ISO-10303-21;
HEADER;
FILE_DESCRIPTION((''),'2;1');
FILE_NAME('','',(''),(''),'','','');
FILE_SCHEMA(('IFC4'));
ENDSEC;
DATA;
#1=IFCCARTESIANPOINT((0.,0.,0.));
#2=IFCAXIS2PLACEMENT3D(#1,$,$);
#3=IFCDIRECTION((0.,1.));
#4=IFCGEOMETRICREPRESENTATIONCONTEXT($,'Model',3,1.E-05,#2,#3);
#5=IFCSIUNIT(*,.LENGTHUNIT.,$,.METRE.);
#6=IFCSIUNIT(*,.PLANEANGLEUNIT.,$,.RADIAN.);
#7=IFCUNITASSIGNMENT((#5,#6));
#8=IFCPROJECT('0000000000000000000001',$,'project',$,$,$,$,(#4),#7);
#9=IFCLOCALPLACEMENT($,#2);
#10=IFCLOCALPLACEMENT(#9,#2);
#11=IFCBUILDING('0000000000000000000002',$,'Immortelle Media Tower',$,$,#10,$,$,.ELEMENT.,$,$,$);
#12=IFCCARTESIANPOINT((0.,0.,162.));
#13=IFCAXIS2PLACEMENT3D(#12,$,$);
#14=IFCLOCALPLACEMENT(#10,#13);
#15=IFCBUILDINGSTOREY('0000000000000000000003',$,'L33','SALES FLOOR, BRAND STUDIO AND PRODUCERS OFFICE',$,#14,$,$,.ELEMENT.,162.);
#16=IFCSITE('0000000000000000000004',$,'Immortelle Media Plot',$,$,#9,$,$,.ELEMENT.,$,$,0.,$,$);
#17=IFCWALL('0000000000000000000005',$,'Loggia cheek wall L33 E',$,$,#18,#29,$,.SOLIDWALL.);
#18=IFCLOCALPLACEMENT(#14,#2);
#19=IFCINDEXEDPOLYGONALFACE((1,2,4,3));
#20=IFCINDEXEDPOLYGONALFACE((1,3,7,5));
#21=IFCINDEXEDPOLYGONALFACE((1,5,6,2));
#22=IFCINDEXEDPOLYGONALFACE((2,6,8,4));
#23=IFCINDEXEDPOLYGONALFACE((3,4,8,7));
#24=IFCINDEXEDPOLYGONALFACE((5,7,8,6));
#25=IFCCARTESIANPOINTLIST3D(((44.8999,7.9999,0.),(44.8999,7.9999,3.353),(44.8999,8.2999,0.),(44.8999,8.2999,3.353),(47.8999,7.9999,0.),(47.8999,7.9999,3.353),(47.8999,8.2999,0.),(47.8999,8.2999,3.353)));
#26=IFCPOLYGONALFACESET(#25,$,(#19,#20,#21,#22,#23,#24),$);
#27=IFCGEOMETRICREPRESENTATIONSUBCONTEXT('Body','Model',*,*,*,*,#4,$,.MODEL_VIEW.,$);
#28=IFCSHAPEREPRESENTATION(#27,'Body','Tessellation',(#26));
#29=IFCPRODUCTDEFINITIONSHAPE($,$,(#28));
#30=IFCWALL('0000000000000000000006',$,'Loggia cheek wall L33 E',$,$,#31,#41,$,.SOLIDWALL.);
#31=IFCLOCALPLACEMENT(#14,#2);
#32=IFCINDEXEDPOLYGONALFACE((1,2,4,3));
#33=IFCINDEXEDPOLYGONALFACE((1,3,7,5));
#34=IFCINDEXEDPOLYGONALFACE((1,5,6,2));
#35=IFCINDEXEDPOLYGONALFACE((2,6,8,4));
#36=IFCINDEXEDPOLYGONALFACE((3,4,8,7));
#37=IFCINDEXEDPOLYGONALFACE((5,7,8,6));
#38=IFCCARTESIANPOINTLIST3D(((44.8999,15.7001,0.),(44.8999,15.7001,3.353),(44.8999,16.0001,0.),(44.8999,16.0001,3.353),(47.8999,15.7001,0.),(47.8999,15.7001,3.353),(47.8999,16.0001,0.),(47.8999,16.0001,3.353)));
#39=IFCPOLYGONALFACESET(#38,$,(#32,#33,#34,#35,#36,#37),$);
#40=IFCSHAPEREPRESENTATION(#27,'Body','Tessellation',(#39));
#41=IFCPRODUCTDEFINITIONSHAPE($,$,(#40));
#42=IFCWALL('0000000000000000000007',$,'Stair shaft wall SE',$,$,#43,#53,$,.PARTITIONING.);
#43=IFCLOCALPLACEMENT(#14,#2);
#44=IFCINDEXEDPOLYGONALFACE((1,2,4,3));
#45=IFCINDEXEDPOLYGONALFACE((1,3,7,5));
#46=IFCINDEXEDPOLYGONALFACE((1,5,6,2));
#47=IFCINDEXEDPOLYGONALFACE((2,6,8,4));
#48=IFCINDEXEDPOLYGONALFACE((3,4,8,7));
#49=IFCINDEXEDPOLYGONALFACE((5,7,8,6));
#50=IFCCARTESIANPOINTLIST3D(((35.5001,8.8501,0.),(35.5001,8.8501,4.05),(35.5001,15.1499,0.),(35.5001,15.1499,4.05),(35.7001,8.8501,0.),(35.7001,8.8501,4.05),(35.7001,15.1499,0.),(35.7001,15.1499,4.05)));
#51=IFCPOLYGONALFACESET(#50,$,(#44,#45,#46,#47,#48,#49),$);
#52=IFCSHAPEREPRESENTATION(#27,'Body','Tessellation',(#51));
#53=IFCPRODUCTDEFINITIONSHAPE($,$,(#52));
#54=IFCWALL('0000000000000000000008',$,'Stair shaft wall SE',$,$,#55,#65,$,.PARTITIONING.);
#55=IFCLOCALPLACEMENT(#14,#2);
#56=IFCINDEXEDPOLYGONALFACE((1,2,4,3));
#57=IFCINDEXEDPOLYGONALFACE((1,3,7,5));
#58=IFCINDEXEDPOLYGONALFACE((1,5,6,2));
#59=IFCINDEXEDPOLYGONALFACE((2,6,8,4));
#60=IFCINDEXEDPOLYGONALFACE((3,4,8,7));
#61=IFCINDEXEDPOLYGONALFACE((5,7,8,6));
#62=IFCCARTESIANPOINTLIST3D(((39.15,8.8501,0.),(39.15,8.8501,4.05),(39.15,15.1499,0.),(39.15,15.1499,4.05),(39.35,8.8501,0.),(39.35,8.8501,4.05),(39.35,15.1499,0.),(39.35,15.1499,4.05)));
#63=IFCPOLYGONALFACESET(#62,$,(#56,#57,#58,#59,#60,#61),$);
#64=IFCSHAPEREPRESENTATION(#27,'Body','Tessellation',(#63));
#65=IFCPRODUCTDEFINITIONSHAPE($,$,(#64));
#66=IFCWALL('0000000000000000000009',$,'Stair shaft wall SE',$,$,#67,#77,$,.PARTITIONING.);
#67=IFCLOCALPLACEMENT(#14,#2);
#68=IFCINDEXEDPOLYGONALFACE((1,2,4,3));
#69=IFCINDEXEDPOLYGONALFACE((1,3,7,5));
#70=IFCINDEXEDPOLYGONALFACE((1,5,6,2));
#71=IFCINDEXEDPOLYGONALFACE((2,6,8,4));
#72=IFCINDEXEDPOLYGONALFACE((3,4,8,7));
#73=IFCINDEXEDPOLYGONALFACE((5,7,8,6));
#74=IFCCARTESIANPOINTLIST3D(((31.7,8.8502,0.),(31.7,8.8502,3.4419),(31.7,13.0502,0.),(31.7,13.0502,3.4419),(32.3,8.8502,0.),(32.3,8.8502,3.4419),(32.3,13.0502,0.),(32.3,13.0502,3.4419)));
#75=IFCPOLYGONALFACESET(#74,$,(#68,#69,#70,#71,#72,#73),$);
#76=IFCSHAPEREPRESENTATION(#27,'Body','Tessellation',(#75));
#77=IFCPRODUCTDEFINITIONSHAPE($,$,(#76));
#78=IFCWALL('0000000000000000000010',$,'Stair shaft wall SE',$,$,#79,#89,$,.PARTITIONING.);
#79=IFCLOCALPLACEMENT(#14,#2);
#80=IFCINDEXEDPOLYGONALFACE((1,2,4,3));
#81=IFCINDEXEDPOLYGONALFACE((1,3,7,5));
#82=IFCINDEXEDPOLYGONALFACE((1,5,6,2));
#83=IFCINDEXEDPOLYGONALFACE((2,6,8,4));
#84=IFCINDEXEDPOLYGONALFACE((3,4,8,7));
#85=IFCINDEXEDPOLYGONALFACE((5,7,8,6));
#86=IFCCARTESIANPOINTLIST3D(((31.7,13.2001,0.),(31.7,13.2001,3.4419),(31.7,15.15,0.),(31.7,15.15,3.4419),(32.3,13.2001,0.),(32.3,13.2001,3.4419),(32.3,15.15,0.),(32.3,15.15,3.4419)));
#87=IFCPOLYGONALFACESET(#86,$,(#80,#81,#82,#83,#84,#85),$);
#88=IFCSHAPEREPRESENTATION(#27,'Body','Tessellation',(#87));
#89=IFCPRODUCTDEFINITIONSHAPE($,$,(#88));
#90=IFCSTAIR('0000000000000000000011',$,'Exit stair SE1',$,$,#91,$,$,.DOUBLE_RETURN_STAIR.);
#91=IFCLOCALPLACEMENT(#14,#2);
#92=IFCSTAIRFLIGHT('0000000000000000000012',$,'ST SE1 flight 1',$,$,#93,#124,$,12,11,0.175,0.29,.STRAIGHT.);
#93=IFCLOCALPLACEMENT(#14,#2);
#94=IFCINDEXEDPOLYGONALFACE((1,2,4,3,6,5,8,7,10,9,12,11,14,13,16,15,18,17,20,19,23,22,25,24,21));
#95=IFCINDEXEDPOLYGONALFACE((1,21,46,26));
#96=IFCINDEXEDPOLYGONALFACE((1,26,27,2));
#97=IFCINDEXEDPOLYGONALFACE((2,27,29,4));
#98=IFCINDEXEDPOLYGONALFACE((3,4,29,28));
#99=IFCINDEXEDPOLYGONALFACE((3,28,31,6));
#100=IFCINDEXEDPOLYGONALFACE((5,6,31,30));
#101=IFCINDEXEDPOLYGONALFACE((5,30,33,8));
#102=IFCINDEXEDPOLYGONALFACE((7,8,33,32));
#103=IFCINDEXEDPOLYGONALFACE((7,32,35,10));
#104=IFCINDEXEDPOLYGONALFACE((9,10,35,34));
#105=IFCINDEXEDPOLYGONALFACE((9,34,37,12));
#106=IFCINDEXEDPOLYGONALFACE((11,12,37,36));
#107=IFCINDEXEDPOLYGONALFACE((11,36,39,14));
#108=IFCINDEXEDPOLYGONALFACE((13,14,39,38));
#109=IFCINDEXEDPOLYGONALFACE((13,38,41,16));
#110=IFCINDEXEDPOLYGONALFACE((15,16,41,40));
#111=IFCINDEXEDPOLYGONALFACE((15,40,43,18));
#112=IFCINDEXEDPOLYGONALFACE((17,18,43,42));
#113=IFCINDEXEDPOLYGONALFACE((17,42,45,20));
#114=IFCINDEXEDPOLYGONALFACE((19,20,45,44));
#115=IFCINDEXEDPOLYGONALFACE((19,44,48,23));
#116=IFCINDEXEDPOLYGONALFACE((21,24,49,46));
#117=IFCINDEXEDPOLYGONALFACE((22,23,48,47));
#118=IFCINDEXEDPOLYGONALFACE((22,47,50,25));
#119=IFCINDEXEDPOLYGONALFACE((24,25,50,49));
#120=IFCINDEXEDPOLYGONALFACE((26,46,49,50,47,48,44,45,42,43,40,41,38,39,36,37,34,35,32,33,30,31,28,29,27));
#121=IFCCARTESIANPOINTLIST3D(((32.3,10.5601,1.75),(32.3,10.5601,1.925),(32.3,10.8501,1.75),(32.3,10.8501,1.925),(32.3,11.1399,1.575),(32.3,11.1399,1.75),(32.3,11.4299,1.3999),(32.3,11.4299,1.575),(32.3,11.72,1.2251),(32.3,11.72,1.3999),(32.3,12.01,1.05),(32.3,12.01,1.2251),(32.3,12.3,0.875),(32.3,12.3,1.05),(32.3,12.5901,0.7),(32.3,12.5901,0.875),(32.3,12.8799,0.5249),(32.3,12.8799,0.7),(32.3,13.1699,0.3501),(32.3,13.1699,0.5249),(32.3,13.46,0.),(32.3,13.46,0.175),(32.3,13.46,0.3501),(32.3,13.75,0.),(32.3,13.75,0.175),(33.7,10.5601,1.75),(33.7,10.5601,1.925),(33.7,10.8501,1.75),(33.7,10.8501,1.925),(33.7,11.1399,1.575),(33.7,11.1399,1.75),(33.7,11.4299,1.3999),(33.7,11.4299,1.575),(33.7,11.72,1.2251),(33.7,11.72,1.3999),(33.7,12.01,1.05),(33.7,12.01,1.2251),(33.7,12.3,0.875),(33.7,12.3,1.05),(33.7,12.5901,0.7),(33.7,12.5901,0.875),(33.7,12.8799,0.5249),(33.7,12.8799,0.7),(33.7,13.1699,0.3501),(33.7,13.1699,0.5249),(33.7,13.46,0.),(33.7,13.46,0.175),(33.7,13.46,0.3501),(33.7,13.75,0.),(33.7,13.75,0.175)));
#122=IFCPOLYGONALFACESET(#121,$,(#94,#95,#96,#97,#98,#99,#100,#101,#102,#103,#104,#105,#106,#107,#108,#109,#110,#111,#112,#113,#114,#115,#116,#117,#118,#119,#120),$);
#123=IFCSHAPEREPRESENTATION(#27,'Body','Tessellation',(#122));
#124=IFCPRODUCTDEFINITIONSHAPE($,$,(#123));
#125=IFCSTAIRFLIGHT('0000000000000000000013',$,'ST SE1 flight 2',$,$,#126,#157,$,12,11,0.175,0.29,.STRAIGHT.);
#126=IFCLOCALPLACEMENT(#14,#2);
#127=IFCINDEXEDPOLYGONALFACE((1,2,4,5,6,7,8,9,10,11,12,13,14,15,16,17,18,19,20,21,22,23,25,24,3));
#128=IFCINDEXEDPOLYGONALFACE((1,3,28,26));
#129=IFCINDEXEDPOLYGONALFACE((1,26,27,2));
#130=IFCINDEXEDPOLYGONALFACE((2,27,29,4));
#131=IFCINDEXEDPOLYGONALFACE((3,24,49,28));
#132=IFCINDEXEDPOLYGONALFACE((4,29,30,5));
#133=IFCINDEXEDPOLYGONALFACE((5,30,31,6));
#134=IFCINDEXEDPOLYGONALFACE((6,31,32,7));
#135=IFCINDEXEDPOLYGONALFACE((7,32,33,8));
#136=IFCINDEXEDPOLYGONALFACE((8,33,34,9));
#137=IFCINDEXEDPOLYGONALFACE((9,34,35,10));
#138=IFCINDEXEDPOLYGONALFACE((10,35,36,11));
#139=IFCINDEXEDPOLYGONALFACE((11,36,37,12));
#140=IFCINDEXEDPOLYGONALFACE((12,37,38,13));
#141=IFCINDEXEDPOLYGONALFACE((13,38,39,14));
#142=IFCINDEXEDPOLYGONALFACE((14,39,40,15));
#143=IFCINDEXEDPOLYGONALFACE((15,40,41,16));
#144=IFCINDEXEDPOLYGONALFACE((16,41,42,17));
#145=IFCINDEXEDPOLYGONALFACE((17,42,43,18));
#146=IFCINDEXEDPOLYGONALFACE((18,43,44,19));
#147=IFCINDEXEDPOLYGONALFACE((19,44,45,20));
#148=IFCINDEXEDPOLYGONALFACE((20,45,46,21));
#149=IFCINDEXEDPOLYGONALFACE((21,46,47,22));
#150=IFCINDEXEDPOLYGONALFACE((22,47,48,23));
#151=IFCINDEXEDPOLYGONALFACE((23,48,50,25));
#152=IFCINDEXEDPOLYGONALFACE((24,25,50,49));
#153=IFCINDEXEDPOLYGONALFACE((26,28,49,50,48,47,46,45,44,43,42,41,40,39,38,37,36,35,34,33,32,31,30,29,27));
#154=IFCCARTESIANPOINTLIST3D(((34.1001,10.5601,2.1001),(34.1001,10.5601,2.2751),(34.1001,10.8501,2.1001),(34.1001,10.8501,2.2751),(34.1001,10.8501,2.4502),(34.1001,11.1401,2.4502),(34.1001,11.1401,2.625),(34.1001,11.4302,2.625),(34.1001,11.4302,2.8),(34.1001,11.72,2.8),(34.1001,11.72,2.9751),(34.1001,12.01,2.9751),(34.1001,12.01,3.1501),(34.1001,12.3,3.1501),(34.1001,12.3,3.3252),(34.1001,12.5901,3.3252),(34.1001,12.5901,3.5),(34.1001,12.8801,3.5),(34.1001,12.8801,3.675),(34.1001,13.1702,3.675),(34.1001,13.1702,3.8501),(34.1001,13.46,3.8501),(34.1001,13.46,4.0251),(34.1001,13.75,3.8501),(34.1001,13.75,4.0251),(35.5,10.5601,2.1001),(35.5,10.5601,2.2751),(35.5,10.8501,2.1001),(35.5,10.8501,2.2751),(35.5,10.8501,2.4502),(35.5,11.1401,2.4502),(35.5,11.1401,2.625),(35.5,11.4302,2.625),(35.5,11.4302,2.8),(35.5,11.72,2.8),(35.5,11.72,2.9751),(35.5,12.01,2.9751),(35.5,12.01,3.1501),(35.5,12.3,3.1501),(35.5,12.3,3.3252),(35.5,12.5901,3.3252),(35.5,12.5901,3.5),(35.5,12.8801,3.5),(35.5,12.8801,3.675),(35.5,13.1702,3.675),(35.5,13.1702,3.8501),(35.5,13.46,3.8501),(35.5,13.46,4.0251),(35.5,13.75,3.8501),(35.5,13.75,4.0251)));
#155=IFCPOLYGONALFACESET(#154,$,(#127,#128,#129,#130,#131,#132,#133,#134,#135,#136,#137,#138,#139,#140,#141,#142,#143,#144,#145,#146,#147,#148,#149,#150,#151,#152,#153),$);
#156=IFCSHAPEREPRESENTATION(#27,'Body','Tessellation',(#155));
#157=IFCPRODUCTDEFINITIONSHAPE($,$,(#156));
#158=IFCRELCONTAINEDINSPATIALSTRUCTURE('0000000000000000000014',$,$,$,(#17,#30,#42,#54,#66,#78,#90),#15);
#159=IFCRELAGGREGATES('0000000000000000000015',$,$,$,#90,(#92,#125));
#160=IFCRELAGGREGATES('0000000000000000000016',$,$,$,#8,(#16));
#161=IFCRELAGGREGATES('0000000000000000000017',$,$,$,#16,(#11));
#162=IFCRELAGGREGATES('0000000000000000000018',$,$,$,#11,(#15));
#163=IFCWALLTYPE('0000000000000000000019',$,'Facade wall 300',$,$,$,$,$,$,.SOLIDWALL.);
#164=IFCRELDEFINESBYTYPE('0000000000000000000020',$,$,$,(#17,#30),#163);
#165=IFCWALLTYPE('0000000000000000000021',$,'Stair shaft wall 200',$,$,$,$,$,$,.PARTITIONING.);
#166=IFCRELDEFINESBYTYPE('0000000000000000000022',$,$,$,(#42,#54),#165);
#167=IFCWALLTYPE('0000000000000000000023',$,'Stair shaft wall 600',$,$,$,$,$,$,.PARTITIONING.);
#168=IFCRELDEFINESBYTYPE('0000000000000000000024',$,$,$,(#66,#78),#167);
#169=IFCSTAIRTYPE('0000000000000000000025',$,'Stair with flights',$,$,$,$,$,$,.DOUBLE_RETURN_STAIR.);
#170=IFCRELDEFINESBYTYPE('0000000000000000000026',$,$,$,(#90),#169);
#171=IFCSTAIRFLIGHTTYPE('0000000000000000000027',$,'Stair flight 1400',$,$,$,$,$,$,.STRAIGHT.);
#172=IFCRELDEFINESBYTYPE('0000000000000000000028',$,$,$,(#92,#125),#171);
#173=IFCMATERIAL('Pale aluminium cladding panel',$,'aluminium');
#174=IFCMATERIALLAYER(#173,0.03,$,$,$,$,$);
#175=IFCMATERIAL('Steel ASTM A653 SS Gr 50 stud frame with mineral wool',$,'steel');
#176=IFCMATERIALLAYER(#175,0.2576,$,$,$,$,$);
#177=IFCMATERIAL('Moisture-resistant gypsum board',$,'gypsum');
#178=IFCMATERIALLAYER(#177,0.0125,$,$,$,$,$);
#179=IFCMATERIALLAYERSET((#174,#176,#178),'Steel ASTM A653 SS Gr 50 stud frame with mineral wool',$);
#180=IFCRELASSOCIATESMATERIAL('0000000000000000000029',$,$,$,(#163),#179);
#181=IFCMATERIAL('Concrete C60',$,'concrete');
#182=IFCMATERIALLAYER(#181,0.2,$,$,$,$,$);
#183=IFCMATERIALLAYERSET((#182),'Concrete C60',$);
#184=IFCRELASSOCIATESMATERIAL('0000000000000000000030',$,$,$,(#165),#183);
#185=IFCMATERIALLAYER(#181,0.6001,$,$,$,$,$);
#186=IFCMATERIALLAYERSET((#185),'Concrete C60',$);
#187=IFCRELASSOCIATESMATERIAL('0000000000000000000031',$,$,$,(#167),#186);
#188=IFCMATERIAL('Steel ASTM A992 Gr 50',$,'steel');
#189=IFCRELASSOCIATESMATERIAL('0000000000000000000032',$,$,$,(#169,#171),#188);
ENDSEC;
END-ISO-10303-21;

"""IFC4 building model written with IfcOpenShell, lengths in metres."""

from ifc_helpers import new_model, si_unit, direction, frame, frame_2d, origin, place, context, subcontext, project, spatial, polyline, rectangle, outline, extrude, material, layer, layer_set, type_object, element, aggregate, save


model = new_model("IFC4")

# Units and contexts
model_context = context("Model", 3, precision=1e-05, world=origin(), true_north=direction((0.0, 1.0)))
body_context = subcontext(model_context, "Body", "Model", "MODEL_VIEW")
ifc_project = project(units=[si_unit("LENGTHUNIT", "METRE"), si_unit("PLANEANGLEUNIT", "RADIAN")], contexts=[model_context])

# Site, building, storey
site_placement = place(None, origin())
site = spatial("IfcSite", under=ifc_project, at=site_placement, Name="Immortelle Media Plot", CompositionType="ELEMENT", RefElevation=0.0)
building_placement = place(site_placement, origin())
building = spatial("IfcBuilding", under=site, at=building_placement, Name="Immortelle Media Tower", CompositionType="ELEMENT")
storey_placement = place(building_placement, frame((0.0, 0.0, 162.0)))
storey = spatial("IfcBuildingStorey", under=building, at=storey_placement, Name="L33", Description="SALES FLOOR, BRAND STUDIO AND PRODUCERS OFFICE", CompositionType="ELEMENT", Elevation=162.0)

# Shared definitions
ifc_material_1 = material(Name="Steel ASTM A992 Gr 50", Category="steel")

# Shared definitions
ifc_material_2 = material(Name="Pale aluminium cladding panel", Category="aluminium")
ifc_layer_1 = layer(ifc_material_2, 0.03)
ifc_material_3 = material(Name="Steel ASTM A653 SS Gr 50 stud frame with mineral wool", Category="steel")
ifc_layer_2 = layer(ifc_material_3, 0.2576)
ifc_material_4 = material(Name="Moisture-resistant gypsum board", Category="gypsum")
ifc_layer_3 = layer(ifc_material_4, 0.0125)
ifc_layer_set_1 = layer_set([ifc_layer_1, ifc_layer_2, ifc_layer_3], Name="Steel ASTM A653 SS Gr 50 stud frame with mineral wool")
wall_type_1 = type_object("IfcWallType", Name="Facade wall 300", PredefinedType="SOLIDWALL", material=ifc_layer_set_1)

# Walls
for number, where, z_axis, x_axis, name in (
    (1, (47.8999, 8.1499, 0.0), (0.0, 0.0, 1.0), (-1.0, 0.0, 0.0), "Loggia cheek wall L33 E"),
    (2, (47.8999, 15.8501, 0.0), (0.0, 0.0, 1.0), (-1.0, 0.0, 0.0), "Loggia cheek wall L33 E"),
):
    element("IfcWall", number, at=place(storey_placement, frame(where, z_axis=z_axis, x_axis=x_axis)), inside=storey, type_object=wall_type_1, Name=name, PredefinedType="SOLIDWALL", context=body_context, shape_type="SweptSolid", body=[
        extrude(rectangle(XDim=3.0, YDim=0.3, at=frame_2d((1.5, 0.0))), origin(), (0.0, 0.0, 1.0), 3.353),
    ])
ifc_material_5 = material(Name="Concrete C60", Category="concrete")
ifc_layer_4 = layer(ifc_material_5, 0.2)
ifc_layer_set_2 = layer_set([ifc_layer_4], Name="Concrete C60")
wall_type_2 = type_object("IfcWallType", Name="Stair shaft wall 200", PredefinedType="PARTITIONING", material=ifc_layer_set_2)
for number, where, z_axis, x_axis, name in (
    (3, (35.6001, 8.8501, 0.0), (0.0, 0.0, 1.0), (0.0, 1.0, 0.0), "Stair shaft wall SE"),
    (4, (39.25, 8.8501, 0.0), (0.0, 0.0, 1.0), (0.0, 1.0, 0.0), "Stair shaft wall SE"),
):
    element("IfcWall", number, at=place(storey_placement, frame(where, z_axis=z_axis, x_axis=x_axis)), inside=storey, type_object=wall_type_2, Name=name, PredefinedType="PARTITIONING", context=body_context, shape_type="SweptSolid", body=[
        extrude(rectangle(XDim=6.2998, YDim=0.2, at=frame_2d((3.1499, 0.0))), origin(), (0.0, 0.0, 1.0), 4.05),
    ])
ifc_layer_5 = layer(ifc_material_5, 0.6001)
ifc_layer_set_3 = layer_set([ifc_layer_5], Name="Concrete C60")
wall_type_3 = type_object("IfcWallType", Name="Stair shaft wall 600", PredefinedType="PARTITIONING", material=ifc_layer_set_3)
wall_1_placement = place(storey_placement, frame((32.0, 8.8501, 0.0), z_axis=(0.0, 0.0, 1.0), x_axis=(0.0, 1.0, 0.0)))
element("IfcWall", 5, at=wall_1_placement, inside=storey, type_object=wall_type_3, Name="Stair shaft wall SE", PredefinedType="PARTITIONING", context=body_context, shape_type="SweptSolid", body=[
    extrude(rectangle(XDim=4.2, YDim=0.6001, at=frame_2d((2.1001, 0.0))), origin(), (0.0, 0.0, 1.0), 3.4419),
])
wall_2_placement = place(storey_placement, frame((32.0, 13.2, 0.0), z_axis=(0.0, 0.0, 1.0), x_axis=(0.0, 1.0, 0.0)))
element("IfcWall", 6, at=wall_2_placement, inside=storey, type_object=wall_type_3, Name="Stair shaft wall SE", PredefinedType="PARTITIONING", context=body_context, shape_type="SweptSolid", body=[
    extrude(rectangle(XDim=1.95, YDim=0.6001, at=frame_2d((0.9751, 0.0))), origin(), (0.0, 0.0, 1.0), 3.4419),
])

# Stair, stair flights
stair_type = type_object("IfcStairType", Name="Stair with flights", PredefinedType="DOUBLE_RETURN_STAIR", material=ifc_material_1)
stair_1_placement = place(storey_placement, origin())
stair_1 = element("IfcStair", 7, at=stair_1_placement, inside=storey, type_object=stair_type, Name="Exit stair SE1", PredefinedType="DOUBLE_RETURN_STAIR")
stair_flight_type = type_object("IfcStairFlightType", Name="Stair flight 1400", PredefinedType="STRAIGHT", material=ifc_material_1)
stair_flight_1_placement = place(storey_placement, frame((33.0, 13.75, 0.0), z_axis=(0.0, 0.0, 1.0), x_axis=(0.0, -1.0, 0.0)))
stair_flight_1 = element("IfcStairFlight", 8, at=stair_flight_1_placement, type_object=stair_flight_type, Name="ST SE1 flight 1", NumberOfRisers=12, NumberOfTreads=11, PredefinedType="STRAIGHT", RiserHeight=0.175, TreadLength=0.29, context=body_context, shape_type="SweptSolid", body=[
    extrude(outline(polyline([(0.0, 0.0), (0.0, 0.175), (0.29, 0.175), (0.29, 0.3501), (0.5801, 0.3501), (0.5801, 0.5249), (0.8701, 0.5249), (0.8701, 0.7), (1.1599, 0.7), (1.1599, 0.875), (1.45, 0.875), (1.45, 1.05), (1.74, 1.05), (1.74, 1.2251), (2.03, 1.2251), (2.03, 1.3999), (2.3201, 1.3999), (2.3201, 1.575), (2.6101, 1.575), (2.6101, 1.75), (2.8999, 1.75), (2.8999, 1.925), (3.1899, 1.925), (3.1899, 2.1001), (3.1899, 1.75), (0.29, 0.0), (0.0, 0.0)])), frame((0.0, 0.7, 0.0), z_axis=(0.0, -1.0, 0.0), x_axis=(1.0, 0.0, 0.0)), (0.0, 0.0, 1.0), 1.3999),
])
stair_flight_2_placement = place(storey_placement, frame((34.8, 10.5601, 2.1001), z_axis=(0.0, 0.0, 1.0), x_axis=(0.0, 1.0, 0.0)))
stair_flight_2 = element("IfcStairFlight", 9, at=stair_flight_2_placement, type_object=stair_flight_type, Name="ST SE1 flight 2", NumberOfRisers=12, NumberOfTreads=11, PredefinedType="STRAIGHT", RiserHeight=0.175, TreadLength=0.29, context=body_context, shape_type="SweptSolid", body=[
    extrude(outline(polyline([(0.0, 0.0), (0.0, 0.175), (0.29, 0.175), (0.29, 0.3501), (0.5801, 0.3501), (0.5801, 0.5249), (0.8701, 0.5249), (0.8701, 0.7), (1.1599, 0.7), (1.1599, 0.875), (1.45, 0.875), (1.45, 1.05), (1.74, 1.05), (1.74, 1.2251), (2.03, 1.2251), (2.03, 1.3999), (2.3201, 1.3999), (2.3201, 1.575), (2.6101, 1.575), (2.6101, 1.75), (2.8999, 1.75), (2.8999, 1.925), (3.1899, 1.925), (3.1899, 2.1001), (3.1899, 1.75), (0.29, 0.0), (0.0, 0.0)])), frame((0.0, 0.7, 0.0), z_axis=(0.0, -1.0, 0.0), x_axis=(1.0, 0.0, 0.0)), (0.0, 0.0, 1.0), 1.3999),
])
aggregate(stair_1, [stair_flight_1, stair_flight_2])

save(model, "model.ifc")
